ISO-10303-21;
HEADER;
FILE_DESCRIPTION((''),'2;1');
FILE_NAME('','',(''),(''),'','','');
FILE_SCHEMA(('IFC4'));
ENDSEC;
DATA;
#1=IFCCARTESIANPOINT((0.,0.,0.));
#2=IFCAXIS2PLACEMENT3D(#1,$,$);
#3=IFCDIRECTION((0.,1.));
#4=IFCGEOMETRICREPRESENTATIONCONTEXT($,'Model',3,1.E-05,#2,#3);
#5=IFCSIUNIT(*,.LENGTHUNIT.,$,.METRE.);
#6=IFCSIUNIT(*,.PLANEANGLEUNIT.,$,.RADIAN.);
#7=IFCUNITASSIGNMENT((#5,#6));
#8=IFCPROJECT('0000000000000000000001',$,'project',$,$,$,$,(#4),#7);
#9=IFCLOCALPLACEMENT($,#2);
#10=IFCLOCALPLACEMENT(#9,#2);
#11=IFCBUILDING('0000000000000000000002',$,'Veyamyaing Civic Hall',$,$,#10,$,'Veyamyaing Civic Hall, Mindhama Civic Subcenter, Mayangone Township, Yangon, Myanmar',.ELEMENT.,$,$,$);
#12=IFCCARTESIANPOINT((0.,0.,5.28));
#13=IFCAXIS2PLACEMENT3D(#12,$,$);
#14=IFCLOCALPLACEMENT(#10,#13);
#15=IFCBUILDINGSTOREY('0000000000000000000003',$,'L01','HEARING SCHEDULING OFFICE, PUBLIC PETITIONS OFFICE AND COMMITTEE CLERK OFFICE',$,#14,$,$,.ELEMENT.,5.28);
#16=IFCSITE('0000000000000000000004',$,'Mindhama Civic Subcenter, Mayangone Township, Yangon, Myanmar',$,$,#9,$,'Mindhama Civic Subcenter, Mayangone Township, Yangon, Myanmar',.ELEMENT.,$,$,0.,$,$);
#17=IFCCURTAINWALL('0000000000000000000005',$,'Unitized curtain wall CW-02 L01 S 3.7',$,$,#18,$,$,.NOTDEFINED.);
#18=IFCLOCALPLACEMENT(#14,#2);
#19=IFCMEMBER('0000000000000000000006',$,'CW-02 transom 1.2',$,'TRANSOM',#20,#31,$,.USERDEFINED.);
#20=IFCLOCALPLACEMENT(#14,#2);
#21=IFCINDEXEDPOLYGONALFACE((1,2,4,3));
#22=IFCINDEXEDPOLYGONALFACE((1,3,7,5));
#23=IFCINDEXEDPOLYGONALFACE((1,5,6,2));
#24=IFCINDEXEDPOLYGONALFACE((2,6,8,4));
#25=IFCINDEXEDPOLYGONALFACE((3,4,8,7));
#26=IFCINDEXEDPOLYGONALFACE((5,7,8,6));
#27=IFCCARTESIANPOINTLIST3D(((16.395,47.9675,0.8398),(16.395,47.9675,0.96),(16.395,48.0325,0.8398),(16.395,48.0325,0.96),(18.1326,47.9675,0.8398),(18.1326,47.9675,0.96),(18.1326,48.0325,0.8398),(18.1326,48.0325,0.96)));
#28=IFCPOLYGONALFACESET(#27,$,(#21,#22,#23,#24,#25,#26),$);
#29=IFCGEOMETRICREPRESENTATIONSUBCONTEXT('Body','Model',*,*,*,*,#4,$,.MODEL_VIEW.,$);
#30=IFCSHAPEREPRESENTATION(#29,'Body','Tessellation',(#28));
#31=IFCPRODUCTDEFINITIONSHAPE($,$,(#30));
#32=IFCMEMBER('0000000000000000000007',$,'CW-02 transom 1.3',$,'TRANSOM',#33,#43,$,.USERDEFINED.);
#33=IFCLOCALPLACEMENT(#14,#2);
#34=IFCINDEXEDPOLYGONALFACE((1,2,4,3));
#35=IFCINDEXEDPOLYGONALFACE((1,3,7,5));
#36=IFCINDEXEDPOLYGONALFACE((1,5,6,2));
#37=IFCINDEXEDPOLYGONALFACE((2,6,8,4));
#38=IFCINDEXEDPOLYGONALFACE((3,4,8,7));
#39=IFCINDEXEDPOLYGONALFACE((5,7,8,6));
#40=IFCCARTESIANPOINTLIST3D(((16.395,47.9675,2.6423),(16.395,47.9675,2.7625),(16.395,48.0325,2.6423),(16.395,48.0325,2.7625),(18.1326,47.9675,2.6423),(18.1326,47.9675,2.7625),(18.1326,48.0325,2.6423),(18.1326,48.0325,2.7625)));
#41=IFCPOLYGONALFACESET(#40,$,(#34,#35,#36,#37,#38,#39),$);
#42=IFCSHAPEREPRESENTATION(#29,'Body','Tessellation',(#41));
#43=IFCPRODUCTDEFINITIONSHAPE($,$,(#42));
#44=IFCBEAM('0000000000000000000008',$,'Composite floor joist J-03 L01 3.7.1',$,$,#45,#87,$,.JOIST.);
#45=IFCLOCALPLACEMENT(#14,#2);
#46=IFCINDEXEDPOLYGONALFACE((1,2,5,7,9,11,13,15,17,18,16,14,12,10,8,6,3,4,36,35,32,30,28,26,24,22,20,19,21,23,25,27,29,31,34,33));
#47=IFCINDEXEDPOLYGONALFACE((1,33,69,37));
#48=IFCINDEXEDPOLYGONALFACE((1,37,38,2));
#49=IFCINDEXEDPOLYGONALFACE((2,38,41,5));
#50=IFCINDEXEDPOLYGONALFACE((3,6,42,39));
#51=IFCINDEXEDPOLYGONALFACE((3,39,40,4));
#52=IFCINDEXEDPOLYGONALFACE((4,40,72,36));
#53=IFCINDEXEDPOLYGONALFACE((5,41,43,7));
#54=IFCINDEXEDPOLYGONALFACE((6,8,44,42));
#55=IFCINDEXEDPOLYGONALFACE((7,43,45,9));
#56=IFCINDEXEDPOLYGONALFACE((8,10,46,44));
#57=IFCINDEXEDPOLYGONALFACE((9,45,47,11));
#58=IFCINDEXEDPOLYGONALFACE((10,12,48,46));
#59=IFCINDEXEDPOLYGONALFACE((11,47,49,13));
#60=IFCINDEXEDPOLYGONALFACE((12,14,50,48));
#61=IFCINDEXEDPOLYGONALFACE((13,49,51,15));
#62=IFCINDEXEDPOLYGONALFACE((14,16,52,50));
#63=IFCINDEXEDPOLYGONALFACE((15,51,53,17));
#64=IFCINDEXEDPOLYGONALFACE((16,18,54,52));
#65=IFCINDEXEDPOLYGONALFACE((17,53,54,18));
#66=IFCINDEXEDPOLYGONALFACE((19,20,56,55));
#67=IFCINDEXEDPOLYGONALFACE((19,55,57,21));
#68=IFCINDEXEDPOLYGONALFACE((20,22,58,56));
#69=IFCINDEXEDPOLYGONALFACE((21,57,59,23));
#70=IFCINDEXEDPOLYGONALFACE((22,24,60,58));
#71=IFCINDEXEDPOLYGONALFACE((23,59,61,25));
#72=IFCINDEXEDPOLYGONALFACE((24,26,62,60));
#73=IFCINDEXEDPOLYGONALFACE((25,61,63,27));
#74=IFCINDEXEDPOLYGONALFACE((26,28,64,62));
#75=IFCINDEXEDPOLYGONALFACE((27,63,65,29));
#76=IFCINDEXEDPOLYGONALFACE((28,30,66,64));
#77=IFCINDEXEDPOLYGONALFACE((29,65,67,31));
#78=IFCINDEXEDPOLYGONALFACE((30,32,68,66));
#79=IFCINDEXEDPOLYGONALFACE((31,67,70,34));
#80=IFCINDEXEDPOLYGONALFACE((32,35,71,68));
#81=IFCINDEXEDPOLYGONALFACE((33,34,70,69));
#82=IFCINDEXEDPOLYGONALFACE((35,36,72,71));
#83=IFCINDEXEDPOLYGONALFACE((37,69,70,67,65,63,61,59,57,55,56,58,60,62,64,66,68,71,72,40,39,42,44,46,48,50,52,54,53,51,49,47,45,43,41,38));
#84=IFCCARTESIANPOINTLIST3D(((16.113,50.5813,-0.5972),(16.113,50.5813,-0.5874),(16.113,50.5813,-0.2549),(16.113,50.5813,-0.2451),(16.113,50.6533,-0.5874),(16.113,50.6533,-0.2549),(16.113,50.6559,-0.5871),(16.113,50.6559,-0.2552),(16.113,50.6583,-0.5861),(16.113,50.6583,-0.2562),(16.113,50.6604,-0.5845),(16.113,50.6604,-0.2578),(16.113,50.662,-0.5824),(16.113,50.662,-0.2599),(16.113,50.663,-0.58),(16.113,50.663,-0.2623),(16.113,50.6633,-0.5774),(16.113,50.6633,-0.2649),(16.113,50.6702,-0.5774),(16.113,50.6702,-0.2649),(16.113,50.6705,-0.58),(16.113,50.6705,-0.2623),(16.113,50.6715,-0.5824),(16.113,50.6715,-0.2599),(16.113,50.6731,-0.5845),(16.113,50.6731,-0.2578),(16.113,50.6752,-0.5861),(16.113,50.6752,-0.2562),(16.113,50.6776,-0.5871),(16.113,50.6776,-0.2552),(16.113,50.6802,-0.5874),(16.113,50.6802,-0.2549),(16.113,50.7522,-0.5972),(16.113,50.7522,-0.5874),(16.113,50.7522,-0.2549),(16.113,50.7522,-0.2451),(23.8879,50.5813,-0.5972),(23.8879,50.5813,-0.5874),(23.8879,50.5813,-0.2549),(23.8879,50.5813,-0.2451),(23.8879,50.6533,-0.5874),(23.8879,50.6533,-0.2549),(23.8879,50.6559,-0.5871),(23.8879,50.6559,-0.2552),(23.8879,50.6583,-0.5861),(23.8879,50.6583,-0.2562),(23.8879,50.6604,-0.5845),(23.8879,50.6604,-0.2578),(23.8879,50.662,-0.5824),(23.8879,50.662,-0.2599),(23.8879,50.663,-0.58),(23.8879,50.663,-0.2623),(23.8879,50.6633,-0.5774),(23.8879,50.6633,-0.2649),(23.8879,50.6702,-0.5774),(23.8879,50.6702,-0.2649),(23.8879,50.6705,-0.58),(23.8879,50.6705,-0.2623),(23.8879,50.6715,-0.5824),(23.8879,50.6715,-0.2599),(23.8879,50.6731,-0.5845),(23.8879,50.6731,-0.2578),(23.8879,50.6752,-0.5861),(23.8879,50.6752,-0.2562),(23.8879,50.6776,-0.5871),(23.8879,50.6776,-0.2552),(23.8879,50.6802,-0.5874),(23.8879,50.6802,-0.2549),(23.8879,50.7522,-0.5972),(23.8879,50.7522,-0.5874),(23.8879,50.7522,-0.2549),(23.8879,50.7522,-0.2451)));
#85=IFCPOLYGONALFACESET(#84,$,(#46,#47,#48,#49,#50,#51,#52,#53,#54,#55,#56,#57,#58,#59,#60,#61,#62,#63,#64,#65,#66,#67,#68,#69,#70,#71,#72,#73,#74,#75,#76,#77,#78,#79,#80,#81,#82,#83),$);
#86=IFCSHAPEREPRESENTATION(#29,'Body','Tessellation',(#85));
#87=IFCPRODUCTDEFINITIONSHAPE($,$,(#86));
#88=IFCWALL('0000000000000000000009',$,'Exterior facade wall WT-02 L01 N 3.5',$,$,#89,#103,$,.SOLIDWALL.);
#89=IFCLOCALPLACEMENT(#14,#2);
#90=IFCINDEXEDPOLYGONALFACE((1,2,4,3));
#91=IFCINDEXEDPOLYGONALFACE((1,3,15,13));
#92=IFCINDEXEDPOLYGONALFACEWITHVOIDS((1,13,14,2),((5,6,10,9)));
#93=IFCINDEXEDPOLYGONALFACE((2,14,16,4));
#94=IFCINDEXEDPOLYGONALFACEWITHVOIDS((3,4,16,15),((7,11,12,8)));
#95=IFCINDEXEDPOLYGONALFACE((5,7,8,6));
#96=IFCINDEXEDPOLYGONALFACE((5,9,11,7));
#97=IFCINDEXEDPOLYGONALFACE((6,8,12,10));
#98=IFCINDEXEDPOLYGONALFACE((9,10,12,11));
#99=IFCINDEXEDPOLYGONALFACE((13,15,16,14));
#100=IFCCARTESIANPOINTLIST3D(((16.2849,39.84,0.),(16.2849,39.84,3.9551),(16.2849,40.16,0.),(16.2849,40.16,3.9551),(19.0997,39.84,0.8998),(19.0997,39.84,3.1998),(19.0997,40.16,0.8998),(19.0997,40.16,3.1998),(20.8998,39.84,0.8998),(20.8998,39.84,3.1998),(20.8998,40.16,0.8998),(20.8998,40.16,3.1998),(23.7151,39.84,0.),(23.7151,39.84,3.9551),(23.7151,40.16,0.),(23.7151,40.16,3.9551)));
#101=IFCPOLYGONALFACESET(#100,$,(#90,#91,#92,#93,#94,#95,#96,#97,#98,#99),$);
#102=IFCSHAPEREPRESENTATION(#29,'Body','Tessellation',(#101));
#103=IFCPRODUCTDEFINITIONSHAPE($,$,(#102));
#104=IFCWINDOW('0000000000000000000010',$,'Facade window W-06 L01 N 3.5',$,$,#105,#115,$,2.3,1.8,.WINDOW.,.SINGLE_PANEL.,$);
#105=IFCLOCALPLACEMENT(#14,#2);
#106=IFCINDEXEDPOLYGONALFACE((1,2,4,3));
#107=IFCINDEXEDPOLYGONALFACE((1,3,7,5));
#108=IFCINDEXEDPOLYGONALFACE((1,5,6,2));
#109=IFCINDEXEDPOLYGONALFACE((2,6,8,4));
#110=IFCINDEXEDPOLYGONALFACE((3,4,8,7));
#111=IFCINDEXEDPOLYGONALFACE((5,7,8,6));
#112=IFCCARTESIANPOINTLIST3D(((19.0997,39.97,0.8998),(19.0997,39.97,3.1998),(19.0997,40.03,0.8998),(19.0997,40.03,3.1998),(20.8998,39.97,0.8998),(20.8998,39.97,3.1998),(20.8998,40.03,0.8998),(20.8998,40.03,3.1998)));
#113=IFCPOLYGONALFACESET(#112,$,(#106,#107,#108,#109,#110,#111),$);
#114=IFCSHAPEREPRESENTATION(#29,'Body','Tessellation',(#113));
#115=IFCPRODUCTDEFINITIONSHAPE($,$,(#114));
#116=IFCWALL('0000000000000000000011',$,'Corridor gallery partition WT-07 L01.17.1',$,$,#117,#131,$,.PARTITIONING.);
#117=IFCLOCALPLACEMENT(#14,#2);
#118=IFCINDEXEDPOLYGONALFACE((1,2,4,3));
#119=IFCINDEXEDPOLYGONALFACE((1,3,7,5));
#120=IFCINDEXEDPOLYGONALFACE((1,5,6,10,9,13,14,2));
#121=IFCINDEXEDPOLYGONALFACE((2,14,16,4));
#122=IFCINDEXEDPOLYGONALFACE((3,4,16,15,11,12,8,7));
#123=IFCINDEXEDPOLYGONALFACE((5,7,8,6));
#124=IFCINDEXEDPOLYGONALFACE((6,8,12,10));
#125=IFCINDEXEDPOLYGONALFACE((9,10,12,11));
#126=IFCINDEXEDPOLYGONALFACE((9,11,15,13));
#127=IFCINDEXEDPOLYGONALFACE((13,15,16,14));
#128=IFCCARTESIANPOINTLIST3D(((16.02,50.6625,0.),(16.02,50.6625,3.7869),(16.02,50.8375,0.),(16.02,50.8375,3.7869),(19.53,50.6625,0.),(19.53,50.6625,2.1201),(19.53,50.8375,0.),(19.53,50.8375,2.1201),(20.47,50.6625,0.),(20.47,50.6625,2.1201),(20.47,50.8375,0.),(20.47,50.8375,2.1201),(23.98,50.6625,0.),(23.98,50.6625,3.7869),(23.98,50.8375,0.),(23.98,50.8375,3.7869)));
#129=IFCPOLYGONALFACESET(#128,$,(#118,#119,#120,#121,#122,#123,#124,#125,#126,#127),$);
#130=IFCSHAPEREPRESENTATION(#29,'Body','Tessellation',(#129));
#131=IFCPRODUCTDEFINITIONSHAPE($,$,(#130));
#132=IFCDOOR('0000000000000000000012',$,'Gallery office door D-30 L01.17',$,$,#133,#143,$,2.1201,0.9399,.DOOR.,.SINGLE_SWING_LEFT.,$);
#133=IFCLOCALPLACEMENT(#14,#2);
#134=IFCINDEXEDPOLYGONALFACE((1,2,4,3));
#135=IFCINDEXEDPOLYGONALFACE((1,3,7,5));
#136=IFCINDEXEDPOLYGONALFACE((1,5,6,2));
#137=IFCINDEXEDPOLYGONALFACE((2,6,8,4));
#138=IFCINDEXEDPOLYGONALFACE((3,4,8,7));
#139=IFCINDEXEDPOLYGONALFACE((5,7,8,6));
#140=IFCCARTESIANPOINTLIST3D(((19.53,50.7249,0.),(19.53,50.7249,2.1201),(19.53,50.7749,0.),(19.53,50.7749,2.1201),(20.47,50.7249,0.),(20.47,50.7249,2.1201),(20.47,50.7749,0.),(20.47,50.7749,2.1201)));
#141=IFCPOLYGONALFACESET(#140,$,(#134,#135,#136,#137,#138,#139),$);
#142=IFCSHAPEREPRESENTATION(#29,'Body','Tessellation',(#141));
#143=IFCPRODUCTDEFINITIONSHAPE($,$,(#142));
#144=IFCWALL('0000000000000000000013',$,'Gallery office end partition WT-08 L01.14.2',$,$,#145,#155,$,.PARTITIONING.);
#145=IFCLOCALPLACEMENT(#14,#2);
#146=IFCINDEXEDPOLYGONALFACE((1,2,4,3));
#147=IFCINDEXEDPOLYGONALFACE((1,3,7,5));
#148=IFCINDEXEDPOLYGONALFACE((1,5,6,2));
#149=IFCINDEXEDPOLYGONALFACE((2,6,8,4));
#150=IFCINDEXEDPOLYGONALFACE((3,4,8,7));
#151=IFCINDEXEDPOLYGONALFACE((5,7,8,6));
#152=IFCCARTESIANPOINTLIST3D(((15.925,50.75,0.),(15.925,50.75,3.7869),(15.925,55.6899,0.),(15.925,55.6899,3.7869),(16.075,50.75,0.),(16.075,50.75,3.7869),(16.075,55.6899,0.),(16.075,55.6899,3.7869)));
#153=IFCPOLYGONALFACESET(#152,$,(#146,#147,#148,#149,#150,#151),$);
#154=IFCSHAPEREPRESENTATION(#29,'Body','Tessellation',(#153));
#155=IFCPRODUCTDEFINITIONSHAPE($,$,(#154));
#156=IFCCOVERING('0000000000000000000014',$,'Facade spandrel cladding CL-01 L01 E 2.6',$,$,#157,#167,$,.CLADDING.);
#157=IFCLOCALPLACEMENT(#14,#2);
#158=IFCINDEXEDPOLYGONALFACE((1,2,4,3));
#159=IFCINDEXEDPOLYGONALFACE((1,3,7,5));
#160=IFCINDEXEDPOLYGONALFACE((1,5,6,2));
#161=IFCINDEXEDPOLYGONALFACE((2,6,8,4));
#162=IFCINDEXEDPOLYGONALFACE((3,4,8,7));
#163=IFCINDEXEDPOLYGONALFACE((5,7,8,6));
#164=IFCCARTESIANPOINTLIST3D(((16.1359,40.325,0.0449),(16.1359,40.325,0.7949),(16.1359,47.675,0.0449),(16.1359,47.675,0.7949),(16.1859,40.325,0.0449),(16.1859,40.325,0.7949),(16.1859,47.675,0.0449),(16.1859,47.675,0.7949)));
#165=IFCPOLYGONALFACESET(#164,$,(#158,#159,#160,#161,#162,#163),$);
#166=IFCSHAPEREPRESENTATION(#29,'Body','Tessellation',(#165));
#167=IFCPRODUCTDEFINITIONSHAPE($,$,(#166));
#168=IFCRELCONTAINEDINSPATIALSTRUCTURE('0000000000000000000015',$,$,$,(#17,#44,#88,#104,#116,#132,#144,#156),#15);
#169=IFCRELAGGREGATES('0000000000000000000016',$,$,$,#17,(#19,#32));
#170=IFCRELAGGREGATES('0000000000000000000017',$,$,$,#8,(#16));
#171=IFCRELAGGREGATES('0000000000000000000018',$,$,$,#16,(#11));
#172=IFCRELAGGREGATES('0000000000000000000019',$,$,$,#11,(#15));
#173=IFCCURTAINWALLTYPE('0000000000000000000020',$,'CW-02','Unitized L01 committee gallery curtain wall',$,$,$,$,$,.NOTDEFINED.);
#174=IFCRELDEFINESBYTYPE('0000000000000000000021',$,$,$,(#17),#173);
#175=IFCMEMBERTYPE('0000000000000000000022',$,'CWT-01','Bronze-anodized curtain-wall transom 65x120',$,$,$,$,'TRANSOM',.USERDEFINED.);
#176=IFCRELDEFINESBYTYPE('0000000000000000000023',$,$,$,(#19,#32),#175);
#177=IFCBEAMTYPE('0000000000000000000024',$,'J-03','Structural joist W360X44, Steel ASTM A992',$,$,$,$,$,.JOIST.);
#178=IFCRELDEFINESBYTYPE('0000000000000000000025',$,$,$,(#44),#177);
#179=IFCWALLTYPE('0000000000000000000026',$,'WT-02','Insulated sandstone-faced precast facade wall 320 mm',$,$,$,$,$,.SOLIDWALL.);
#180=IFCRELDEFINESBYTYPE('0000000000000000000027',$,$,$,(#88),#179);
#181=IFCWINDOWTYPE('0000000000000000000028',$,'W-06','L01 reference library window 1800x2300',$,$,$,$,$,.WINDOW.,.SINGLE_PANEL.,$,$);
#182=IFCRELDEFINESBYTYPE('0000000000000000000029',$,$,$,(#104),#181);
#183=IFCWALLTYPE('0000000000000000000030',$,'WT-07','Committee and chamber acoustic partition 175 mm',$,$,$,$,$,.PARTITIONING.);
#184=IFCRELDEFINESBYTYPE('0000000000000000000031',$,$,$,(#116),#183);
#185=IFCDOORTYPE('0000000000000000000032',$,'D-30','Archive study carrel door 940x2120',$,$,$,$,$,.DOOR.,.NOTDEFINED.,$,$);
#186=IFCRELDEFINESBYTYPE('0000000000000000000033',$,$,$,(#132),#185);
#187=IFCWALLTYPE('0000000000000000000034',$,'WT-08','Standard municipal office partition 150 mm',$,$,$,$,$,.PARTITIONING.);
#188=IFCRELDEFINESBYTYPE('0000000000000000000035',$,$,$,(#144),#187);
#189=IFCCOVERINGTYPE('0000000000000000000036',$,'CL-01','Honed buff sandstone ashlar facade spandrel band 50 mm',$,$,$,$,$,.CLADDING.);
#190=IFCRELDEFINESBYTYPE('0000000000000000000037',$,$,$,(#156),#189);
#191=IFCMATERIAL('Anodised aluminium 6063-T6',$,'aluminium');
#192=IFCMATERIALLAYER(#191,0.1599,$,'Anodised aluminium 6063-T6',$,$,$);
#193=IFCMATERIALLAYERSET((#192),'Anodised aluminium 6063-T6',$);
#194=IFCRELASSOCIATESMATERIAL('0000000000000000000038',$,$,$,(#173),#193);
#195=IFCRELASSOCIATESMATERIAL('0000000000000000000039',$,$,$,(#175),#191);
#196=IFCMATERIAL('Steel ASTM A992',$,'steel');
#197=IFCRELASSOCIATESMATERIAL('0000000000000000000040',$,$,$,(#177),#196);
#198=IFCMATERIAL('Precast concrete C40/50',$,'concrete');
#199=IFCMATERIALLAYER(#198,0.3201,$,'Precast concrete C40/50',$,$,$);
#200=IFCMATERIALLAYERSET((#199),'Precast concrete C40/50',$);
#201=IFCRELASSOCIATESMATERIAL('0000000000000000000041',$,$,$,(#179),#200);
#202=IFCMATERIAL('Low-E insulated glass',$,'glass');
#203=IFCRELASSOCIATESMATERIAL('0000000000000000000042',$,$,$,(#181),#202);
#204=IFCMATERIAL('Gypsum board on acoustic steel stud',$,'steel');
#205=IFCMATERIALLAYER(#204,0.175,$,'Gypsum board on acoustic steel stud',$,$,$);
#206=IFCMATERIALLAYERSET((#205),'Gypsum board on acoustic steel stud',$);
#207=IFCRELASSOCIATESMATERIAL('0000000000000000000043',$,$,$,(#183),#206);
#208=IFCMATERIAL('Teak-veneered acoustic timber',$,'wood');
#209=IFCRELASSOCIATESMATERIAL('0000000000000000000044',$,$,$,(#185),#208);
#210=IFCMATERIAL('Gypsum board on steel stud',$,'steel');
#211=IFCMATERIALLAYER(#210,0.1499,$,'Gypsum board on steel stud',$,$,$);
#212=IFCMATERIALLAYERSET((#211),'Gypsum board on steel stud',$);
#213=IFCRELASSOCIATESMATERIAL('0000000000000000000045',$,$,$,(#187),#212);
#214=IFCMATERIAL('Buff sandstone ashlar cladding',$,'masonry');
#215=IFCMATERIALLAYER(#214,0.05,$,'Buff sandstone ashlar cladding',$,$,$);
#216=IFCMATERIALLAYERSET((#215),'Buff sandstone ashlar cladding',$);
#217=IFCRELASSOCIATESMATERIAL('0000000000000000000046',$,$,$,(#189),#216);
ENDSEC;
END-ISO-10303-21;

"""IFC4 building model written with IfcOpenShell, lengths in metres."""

from ifc_helpers import new_model, si_unit, direction, frame, frame_2d, origin, origin_2d, place, context, subcontext, project, spatial, rectangle, i_section, extrude, material, layer, layer_set, material_profile, profile_set, type_object, element, fill, aggregate, save


model = new_model("IFC4")

# Units and contexts
model_context = context("Model", 3, precision=1e-05, world=origin(), true_north=direction((0.0, 1.0)))
body_context = subcontext(model_context, "Body", "Model", "MODEL_VIEW")
ifc_project = project(units=[si_unit("LENGTHUNIT", "METRE"), si_unit("PLANEANGLEUNIT", "RADIAN")], contexts=[model_context])

# Site, building, storey
site_placement = place(None, origin())
site = spatial("IfcSite", under=ifc_project, at=site_placement, Name="Mindhama Civic Subcenter, Mayangone Township, Yangon, Myanmar", LongName="Mindhama Civic Subcenter, Mayangone Township, Yangon, Myanmar", CompositionType="ELEMENT", RefElevation=0.0)
building_placement = place(site_placement, origin())
building = spatial("IfcBuilding", under=site, at=building_placement, Name="Veyamyaing Civic Hall", LongName="Veyamyaing Civic Hall, Mindhama Civic Subcenter, Mayangone Township, Yangon, Myanmar", CompositionType="ELEMENT")
storey_placement = place(building_placement, frame((0.0, 0.0, 5.28)))
storey = spatial("IfcBuildingStorey", under=building, at=storey_placement, Name="L01", Description="HEARING SCHEDULING OFFICE, PUBLIC PETITIONS OFFICE AND COMMITTEE CLERK OFFICE", CompositionType="ELEMENT", Elevation=5.28)

# Shared definitions
ifc_material_1 = material(Name="Steel ASTM A992", Category="steel")

# Curtain wall, members
ifc_material_2 = material(Name="Anodised aluminium 6063-T6", Category="aluminium")
ifc_layer_1 = layer(ifc_material_2, 0.1599, Name="Anodised aluminium 6063-T6")
ifc_layer_set_1 = layer_set([ifc_layer_1], Name="Anodised aluminium 6063-T6")
curtain_wall_type = type_object("IfcCurtainWallType", Name="CW-02", Description="Unitized L01 committee gallery curtain wall", PredefinedType="NOTDEFINED", material=ifc_layer_set_1)
curtain_wall_placement = place(storey_placement, origin())
curtain_wall = element("IfcCurtainWall", 1, at=curtain_wall_placement, inside=storey, type_object=curtain_wall_type, Name="Unitized curtain wall CW-02 L01 S 3.7", PredefinedType="NOTDEFINED")
ifc_material_profile_1 = material_profile(ifc_material_2, rectangle(XDim=0.0649, YDim=0.1201, at=origin_2d()), Name="ALU-TRN-65X120")
ifc_profile_set_1 = profile_set([ifc_material_profile_1], Name="Anodised aluminium 6063-T6")
member_type_1 = type_object("IfcMemberType", Name="CWT-01", Description="Bronze-anodized curtain-wall transom 65x120", ElementType="TRANSOM", PredefinedType="USERDEFINED", material=ifc_profile_set_1)
member_1_placement = place(storey_placement, frame((16.395, 48.0, 0.8999), z_axis=(1.0, 0.0, 0.0), x_axis=(0.0, 1.0, 0.0)))
member_1 = element("IfcMember", 2, at=member_1_placement, type_object=member_type_1, Name="CW-02 transom 1.2", ObjectType="TRANSOM", PredefinedType="USERDEFINED", context=body_context, shape_type="SweptSolid", body=[
    extrude(rectangle(XDim=0.0649, YDim=0.1201, at=origin_2d()), origin(), (0.0, 0.0, 1.0), 1.7375),
])
member_2_placement = place(storey_placement, frame((16.395, 48.0, 2.7024), z_axis=(1.0, 0.0, 0.0), x_axis=(0.0, 1.0, 0.0)))
member_2 = element("IfcMember", 3, at=member_2_placement, type_object=member_type_1, Name="CW-02 transom 1.3", ObjectType="TRANSOM", PredefinedType="USERDEFINED", context=body_context, shape_type="SweptSolid", body=[
    extrude(rectangle(XDim=0.0649, YDim=0.1201, at=origin_2d()), origin(), (0.0, 0.0, 1.0), 1.7375),
])
aggregate(curtain_wall, [member_1, member_2])

# Beam
ifc_material_profile_2 = material_profile(ifc_material_1, i_section(OverallWidth=0.1709, OverallDepth=0.3521, WebThickness=0.0068, FlangeThickness=0.0098, FilletRadius=0.01, at=origin_2d()), Name="W360X44")
ifc_profile_set_2 = profile_set([ifc_material_profile_2], Name="Steel ASTM A992")
beam_type_1 = type_object("IfcBeamType", Name="J-03", Description="Structural joist W360X44, Steel ASTM A992", PredefinedType="JOIST", material=ifc_profile_set_2)
beam_1_placement = place(storey_placement, frame((16.113, 50.6667, -0.4211), z_axis=(1.0, 0.0, 0.0), x_axis=(0.0, 1.0, 0.0)))
element("IfcBeam", 4, at=beam_1_placement, inside=storey, type_object=beam_type_1, Name="Composite floor joist J-03 L01 3.7.1", PredefinedType="JOIST", context=body_context, shape_type="SweptSolid", body=[
    extrude(i_section(OverallWidth=0.1709, OverallDepth=0.3521, WebThickness=0.0068, FlangeThickness=0.0098, FilletRadius=0.01, at=origin_2d()), origin(), (0.0, 0.0, 1.0), 7.7749),
])

# Wall, opening, window
ifc_material_3 = material(Name="Precast concrete C40/50", Category="concrete")
ifc_layer_2 = layer(ifc_material_3, 0.3201, Name="Precast concrete C40/50")
ifc_layer_set_2 = layer_set([ifc_layer_2], Name="Precast concrete C40/50")
wall_type_1 = type_object("IfcWallType", Name="WT-02", Description="Insulated sandstone-faced precast facade wall 320 mm", PredefinedType="SOLIDWALL", material=ifc_layer_set_2)
wall_1_placement = place(storey_placement, frame((16.2849, 40.0, 0.0), z_axis=(0.0, 0.0, 1.0), x_axis=(1.0, 0.0, 0.0)))
wall_1 = element("IfcWall", 5, at=wall_1_placement, inside=storey, type_object=wall_type_1, Name="Exterior facade wall WT-02 L01 N 3.5", PredefinedType="SOLIDWALL", context=body_context, shape_type="SweptSolid", body=[
    extrude(rectangle(XDim=7.4302, YDim=0.3201, at=frame_2d((3.7151, 0.0))), origin(), (0.0, 0.0, 1.0), 3.9551),
])
opening_1_placement = place(wall_1_placement, frame((2.8149, 0.0, 0.8999)))
opening_1 = element("IfcOpeningElement", 6, at=opening_1_placement, cuts=wall_1, PredefinedType="OPENING", context=body_context, shape_type="SweptSolid", body=[
    extrude(rectangle(XDim=1.8, YDim=2.3, at=frame_2d((0.8999, 1.1499))), frame((0.0, 0.1699, 0.0), z_axis=(0.0, -1.0, 0.0), x_axis=(1.0, 0.0, 0.0)), (0.0, 0.0, 1.0), 0.3401),
])
ifc_material_4 = material(Name="Low-E insulated glass", Category="glass")
window_type = type_object("IfcWindowType", Name="W-06", Description="L01 reference library window 1800x2300", PartitioningType="SINGLE_PANEL", PredefinedType="WINDOW", material=ifc_material_4)
window_placement = place(opening_1_placement, origin())
window = element("IfcWindow", 7, at=window_placement, inside=storey, type_object=window_type, Name="Facade window W-06 L01 N 3.5", OverallHeight=2.3, OverallWidth=1.8, PartitioningType="SINGLE_PANEL", PredefinedType="WINDOW", context=body_context, shape_type="SweptSolid", body=[
    extrude(rectangle(XDim=1.8, YDim=2.3, at=frame_2d((0.8999, 1.1499))), frame((0.0, 0.03, 0.0), z_axis=(0.0, -1.0, 0.0), x_axis=(1.0, 0.0, 0.0)), (0.0, 0.0, 1.0), 0.0601),
])
fill(opening_1, window)

# Wall, opening, door
ifc_material_5 = material(Name="Gypsum board on acoustic steel stud", Category="steel")
ifc_layer_3 = layer(ifc_material_5, 0.175, Name="Gypsum board on acoustic steel stud")
ifc_layer_set_3 = layer_set([ifc_layer_3], Name="Gypsum board on acoustic steel stud")
wall_type_2 = type_object("IfcWallType", Name="WT-07", Description="Committee and chamber acoustic partition 175 mm", PredefinedType="PARTITIONING", material=ifc_layer_set_3)
wall_2_placement = place(storey_placement, frame((16.02, 50.75, 0.0), z_axis=(0.0, 0.0, 1.0), x_axis=(1.0, 0.0, 0.0)))
wall_2 = element("IfcWall", 8, at=wall_2_placement, inside=storey, type_object=wall_type_2, Name="Corridor gallery partition WT-07 L01.17.1", PredefinedType="PARTITIONING", context=body_context, shape_type="SweptSolid", body=[
    extrude(rectangle(XDim=7.96, YDim=0.175, at=frame_2d((3.98, 0.0))), origin(), (0.0, 0.0, 1.0), 3.7869),
])
opening_2_placement = place(wall_2_placement, frame((3.51, 0.0, 0.0)))
opening_2 = element("IfcOpeningElement", 9, at=opening_2_placement, cuts=wall_2, PredefinedType="OPENING", context=body_context, shape_type="SweptSolid", body=[
    extrude(rectangle(XDim=0.9399, YDim=2.1201, at=frame_2d((0.47, 1.0601))), frame((0.0, 0.0974, 0.0), z_axis=(0.0, -1.0, 0.0), x_axis=(1.0, 0.0, 0.0)), (0.0, 0.0, 1.0), 0.1951),
])
ifc_material_6 = material(Name="Teak-veneered acoustic timber", Category="wood")
door_type = type_object("IfcDoorType", Name="D-30", Description="Archive study carrel door 940x2120", OperationType="NOTDEFINED", PredefinedType="DOOR", material=ifc_material_6)
door_placement = place(opening_2_placement, origin())
door = element("IfcDoor", 10, at=door_placement, inside=storey, type_object=door_type, Name="Gallery office door D-30 L01.17", OperationType="SINGLE_SWING_LEFT", OverallHeight=2.1201, OverallWidth=0.9399, PredefinedType="DOOR", context=body_context, shape_type="SweptSolid", body=[
    extrude(rectangle(XDim=0.9399, YDim=2.1201, at=frame_2d((0.47, 1.0601))), frame((0.0, 0.0249, 0.0), z_axis=(0.0, -1.0, 0.0), x_axis=(1.0, 0.0, 0.0)), (0.0, 0.0, 1.0), 0.05),
])
fill(opening_2, door)

# Wall
ifc_material_7 = material(Name="Gypsum board on steel stud", Category="steel")
ifc_layer_4 = layer(ifc_material_7, 0.1499, Name="Gypsum board on steel stud")
ifc_layer_set_4 = layer_set([ifc_layer_4], Name="Gypsum board on steel stud")
wall_type_3 = type_object("IfcWallType", Name="WT-08", Description="Standard municipal office partition 150 mm", PredefinedType="PARTITIONING", material=ifc_layer_set_4)
wall_3_placement = place(storey_placement, frame((16.0, 50.75, 0.0), z_axis=(0.0, 0.0, 1.0), x_axis=(0.0, 1.0, 0.0)))
element("IfcWall", 11, at=wall_3_placement, inside=storey, type_object=wall_type_3, Name="Gallery office end partition WT-08 L01.14.2", PredefinedType="PARTITIONING", context=body_context, shape_type="SweptSolid", body=[
    extrude(rectangle(XDim=4.9399, YDim=0.1499, at=frame_2d((2.47, 0.0))), origin(), (0.0, 0.0, 1.0), 3.7869),
])

# Covering
ifc_material_8 = material(Name="Buff sandstone ashlar cladding", Category="masonry")
ifc_layer_5 = layer(ifc_material_8, 0.05, Name="Buff sandstone ashlar cladding")
ifc_layer_set_5 = layer_set([ifc_layer_5], Name="Buff sandstone ashlar cladding")
covering_type_1 = type_object("IfcCoveringType", Name="CL-01", Description="Honed buff sandstone ashlar facade spandrel band 50 mm", PredefinedType="CLADDING", material=ifc_layer_set_5)
covering_placement = place(storey_placement, frame((16.1609, 44.0, 0.0449), z_axis=(0.0, 0.0, 1.0), x_axis=(0.0, 1.0, 0.0)))
element("IfcCovering", 12, at=covering_placement, inside=storey, type_object=covering_type_1, Name="Facade spandrel cladding CL-01 L01 E 2.6", PredefinedType="CLADDING", context=body_context, shape_type="SweptSolid", body=[
    extrude(rectangle(XDim=7.3501, YDim=0.05, at=origin_2d()), origin(), (0.0, 0.0, 1.0), 0.75),
])

save(model, "model.ifc")
